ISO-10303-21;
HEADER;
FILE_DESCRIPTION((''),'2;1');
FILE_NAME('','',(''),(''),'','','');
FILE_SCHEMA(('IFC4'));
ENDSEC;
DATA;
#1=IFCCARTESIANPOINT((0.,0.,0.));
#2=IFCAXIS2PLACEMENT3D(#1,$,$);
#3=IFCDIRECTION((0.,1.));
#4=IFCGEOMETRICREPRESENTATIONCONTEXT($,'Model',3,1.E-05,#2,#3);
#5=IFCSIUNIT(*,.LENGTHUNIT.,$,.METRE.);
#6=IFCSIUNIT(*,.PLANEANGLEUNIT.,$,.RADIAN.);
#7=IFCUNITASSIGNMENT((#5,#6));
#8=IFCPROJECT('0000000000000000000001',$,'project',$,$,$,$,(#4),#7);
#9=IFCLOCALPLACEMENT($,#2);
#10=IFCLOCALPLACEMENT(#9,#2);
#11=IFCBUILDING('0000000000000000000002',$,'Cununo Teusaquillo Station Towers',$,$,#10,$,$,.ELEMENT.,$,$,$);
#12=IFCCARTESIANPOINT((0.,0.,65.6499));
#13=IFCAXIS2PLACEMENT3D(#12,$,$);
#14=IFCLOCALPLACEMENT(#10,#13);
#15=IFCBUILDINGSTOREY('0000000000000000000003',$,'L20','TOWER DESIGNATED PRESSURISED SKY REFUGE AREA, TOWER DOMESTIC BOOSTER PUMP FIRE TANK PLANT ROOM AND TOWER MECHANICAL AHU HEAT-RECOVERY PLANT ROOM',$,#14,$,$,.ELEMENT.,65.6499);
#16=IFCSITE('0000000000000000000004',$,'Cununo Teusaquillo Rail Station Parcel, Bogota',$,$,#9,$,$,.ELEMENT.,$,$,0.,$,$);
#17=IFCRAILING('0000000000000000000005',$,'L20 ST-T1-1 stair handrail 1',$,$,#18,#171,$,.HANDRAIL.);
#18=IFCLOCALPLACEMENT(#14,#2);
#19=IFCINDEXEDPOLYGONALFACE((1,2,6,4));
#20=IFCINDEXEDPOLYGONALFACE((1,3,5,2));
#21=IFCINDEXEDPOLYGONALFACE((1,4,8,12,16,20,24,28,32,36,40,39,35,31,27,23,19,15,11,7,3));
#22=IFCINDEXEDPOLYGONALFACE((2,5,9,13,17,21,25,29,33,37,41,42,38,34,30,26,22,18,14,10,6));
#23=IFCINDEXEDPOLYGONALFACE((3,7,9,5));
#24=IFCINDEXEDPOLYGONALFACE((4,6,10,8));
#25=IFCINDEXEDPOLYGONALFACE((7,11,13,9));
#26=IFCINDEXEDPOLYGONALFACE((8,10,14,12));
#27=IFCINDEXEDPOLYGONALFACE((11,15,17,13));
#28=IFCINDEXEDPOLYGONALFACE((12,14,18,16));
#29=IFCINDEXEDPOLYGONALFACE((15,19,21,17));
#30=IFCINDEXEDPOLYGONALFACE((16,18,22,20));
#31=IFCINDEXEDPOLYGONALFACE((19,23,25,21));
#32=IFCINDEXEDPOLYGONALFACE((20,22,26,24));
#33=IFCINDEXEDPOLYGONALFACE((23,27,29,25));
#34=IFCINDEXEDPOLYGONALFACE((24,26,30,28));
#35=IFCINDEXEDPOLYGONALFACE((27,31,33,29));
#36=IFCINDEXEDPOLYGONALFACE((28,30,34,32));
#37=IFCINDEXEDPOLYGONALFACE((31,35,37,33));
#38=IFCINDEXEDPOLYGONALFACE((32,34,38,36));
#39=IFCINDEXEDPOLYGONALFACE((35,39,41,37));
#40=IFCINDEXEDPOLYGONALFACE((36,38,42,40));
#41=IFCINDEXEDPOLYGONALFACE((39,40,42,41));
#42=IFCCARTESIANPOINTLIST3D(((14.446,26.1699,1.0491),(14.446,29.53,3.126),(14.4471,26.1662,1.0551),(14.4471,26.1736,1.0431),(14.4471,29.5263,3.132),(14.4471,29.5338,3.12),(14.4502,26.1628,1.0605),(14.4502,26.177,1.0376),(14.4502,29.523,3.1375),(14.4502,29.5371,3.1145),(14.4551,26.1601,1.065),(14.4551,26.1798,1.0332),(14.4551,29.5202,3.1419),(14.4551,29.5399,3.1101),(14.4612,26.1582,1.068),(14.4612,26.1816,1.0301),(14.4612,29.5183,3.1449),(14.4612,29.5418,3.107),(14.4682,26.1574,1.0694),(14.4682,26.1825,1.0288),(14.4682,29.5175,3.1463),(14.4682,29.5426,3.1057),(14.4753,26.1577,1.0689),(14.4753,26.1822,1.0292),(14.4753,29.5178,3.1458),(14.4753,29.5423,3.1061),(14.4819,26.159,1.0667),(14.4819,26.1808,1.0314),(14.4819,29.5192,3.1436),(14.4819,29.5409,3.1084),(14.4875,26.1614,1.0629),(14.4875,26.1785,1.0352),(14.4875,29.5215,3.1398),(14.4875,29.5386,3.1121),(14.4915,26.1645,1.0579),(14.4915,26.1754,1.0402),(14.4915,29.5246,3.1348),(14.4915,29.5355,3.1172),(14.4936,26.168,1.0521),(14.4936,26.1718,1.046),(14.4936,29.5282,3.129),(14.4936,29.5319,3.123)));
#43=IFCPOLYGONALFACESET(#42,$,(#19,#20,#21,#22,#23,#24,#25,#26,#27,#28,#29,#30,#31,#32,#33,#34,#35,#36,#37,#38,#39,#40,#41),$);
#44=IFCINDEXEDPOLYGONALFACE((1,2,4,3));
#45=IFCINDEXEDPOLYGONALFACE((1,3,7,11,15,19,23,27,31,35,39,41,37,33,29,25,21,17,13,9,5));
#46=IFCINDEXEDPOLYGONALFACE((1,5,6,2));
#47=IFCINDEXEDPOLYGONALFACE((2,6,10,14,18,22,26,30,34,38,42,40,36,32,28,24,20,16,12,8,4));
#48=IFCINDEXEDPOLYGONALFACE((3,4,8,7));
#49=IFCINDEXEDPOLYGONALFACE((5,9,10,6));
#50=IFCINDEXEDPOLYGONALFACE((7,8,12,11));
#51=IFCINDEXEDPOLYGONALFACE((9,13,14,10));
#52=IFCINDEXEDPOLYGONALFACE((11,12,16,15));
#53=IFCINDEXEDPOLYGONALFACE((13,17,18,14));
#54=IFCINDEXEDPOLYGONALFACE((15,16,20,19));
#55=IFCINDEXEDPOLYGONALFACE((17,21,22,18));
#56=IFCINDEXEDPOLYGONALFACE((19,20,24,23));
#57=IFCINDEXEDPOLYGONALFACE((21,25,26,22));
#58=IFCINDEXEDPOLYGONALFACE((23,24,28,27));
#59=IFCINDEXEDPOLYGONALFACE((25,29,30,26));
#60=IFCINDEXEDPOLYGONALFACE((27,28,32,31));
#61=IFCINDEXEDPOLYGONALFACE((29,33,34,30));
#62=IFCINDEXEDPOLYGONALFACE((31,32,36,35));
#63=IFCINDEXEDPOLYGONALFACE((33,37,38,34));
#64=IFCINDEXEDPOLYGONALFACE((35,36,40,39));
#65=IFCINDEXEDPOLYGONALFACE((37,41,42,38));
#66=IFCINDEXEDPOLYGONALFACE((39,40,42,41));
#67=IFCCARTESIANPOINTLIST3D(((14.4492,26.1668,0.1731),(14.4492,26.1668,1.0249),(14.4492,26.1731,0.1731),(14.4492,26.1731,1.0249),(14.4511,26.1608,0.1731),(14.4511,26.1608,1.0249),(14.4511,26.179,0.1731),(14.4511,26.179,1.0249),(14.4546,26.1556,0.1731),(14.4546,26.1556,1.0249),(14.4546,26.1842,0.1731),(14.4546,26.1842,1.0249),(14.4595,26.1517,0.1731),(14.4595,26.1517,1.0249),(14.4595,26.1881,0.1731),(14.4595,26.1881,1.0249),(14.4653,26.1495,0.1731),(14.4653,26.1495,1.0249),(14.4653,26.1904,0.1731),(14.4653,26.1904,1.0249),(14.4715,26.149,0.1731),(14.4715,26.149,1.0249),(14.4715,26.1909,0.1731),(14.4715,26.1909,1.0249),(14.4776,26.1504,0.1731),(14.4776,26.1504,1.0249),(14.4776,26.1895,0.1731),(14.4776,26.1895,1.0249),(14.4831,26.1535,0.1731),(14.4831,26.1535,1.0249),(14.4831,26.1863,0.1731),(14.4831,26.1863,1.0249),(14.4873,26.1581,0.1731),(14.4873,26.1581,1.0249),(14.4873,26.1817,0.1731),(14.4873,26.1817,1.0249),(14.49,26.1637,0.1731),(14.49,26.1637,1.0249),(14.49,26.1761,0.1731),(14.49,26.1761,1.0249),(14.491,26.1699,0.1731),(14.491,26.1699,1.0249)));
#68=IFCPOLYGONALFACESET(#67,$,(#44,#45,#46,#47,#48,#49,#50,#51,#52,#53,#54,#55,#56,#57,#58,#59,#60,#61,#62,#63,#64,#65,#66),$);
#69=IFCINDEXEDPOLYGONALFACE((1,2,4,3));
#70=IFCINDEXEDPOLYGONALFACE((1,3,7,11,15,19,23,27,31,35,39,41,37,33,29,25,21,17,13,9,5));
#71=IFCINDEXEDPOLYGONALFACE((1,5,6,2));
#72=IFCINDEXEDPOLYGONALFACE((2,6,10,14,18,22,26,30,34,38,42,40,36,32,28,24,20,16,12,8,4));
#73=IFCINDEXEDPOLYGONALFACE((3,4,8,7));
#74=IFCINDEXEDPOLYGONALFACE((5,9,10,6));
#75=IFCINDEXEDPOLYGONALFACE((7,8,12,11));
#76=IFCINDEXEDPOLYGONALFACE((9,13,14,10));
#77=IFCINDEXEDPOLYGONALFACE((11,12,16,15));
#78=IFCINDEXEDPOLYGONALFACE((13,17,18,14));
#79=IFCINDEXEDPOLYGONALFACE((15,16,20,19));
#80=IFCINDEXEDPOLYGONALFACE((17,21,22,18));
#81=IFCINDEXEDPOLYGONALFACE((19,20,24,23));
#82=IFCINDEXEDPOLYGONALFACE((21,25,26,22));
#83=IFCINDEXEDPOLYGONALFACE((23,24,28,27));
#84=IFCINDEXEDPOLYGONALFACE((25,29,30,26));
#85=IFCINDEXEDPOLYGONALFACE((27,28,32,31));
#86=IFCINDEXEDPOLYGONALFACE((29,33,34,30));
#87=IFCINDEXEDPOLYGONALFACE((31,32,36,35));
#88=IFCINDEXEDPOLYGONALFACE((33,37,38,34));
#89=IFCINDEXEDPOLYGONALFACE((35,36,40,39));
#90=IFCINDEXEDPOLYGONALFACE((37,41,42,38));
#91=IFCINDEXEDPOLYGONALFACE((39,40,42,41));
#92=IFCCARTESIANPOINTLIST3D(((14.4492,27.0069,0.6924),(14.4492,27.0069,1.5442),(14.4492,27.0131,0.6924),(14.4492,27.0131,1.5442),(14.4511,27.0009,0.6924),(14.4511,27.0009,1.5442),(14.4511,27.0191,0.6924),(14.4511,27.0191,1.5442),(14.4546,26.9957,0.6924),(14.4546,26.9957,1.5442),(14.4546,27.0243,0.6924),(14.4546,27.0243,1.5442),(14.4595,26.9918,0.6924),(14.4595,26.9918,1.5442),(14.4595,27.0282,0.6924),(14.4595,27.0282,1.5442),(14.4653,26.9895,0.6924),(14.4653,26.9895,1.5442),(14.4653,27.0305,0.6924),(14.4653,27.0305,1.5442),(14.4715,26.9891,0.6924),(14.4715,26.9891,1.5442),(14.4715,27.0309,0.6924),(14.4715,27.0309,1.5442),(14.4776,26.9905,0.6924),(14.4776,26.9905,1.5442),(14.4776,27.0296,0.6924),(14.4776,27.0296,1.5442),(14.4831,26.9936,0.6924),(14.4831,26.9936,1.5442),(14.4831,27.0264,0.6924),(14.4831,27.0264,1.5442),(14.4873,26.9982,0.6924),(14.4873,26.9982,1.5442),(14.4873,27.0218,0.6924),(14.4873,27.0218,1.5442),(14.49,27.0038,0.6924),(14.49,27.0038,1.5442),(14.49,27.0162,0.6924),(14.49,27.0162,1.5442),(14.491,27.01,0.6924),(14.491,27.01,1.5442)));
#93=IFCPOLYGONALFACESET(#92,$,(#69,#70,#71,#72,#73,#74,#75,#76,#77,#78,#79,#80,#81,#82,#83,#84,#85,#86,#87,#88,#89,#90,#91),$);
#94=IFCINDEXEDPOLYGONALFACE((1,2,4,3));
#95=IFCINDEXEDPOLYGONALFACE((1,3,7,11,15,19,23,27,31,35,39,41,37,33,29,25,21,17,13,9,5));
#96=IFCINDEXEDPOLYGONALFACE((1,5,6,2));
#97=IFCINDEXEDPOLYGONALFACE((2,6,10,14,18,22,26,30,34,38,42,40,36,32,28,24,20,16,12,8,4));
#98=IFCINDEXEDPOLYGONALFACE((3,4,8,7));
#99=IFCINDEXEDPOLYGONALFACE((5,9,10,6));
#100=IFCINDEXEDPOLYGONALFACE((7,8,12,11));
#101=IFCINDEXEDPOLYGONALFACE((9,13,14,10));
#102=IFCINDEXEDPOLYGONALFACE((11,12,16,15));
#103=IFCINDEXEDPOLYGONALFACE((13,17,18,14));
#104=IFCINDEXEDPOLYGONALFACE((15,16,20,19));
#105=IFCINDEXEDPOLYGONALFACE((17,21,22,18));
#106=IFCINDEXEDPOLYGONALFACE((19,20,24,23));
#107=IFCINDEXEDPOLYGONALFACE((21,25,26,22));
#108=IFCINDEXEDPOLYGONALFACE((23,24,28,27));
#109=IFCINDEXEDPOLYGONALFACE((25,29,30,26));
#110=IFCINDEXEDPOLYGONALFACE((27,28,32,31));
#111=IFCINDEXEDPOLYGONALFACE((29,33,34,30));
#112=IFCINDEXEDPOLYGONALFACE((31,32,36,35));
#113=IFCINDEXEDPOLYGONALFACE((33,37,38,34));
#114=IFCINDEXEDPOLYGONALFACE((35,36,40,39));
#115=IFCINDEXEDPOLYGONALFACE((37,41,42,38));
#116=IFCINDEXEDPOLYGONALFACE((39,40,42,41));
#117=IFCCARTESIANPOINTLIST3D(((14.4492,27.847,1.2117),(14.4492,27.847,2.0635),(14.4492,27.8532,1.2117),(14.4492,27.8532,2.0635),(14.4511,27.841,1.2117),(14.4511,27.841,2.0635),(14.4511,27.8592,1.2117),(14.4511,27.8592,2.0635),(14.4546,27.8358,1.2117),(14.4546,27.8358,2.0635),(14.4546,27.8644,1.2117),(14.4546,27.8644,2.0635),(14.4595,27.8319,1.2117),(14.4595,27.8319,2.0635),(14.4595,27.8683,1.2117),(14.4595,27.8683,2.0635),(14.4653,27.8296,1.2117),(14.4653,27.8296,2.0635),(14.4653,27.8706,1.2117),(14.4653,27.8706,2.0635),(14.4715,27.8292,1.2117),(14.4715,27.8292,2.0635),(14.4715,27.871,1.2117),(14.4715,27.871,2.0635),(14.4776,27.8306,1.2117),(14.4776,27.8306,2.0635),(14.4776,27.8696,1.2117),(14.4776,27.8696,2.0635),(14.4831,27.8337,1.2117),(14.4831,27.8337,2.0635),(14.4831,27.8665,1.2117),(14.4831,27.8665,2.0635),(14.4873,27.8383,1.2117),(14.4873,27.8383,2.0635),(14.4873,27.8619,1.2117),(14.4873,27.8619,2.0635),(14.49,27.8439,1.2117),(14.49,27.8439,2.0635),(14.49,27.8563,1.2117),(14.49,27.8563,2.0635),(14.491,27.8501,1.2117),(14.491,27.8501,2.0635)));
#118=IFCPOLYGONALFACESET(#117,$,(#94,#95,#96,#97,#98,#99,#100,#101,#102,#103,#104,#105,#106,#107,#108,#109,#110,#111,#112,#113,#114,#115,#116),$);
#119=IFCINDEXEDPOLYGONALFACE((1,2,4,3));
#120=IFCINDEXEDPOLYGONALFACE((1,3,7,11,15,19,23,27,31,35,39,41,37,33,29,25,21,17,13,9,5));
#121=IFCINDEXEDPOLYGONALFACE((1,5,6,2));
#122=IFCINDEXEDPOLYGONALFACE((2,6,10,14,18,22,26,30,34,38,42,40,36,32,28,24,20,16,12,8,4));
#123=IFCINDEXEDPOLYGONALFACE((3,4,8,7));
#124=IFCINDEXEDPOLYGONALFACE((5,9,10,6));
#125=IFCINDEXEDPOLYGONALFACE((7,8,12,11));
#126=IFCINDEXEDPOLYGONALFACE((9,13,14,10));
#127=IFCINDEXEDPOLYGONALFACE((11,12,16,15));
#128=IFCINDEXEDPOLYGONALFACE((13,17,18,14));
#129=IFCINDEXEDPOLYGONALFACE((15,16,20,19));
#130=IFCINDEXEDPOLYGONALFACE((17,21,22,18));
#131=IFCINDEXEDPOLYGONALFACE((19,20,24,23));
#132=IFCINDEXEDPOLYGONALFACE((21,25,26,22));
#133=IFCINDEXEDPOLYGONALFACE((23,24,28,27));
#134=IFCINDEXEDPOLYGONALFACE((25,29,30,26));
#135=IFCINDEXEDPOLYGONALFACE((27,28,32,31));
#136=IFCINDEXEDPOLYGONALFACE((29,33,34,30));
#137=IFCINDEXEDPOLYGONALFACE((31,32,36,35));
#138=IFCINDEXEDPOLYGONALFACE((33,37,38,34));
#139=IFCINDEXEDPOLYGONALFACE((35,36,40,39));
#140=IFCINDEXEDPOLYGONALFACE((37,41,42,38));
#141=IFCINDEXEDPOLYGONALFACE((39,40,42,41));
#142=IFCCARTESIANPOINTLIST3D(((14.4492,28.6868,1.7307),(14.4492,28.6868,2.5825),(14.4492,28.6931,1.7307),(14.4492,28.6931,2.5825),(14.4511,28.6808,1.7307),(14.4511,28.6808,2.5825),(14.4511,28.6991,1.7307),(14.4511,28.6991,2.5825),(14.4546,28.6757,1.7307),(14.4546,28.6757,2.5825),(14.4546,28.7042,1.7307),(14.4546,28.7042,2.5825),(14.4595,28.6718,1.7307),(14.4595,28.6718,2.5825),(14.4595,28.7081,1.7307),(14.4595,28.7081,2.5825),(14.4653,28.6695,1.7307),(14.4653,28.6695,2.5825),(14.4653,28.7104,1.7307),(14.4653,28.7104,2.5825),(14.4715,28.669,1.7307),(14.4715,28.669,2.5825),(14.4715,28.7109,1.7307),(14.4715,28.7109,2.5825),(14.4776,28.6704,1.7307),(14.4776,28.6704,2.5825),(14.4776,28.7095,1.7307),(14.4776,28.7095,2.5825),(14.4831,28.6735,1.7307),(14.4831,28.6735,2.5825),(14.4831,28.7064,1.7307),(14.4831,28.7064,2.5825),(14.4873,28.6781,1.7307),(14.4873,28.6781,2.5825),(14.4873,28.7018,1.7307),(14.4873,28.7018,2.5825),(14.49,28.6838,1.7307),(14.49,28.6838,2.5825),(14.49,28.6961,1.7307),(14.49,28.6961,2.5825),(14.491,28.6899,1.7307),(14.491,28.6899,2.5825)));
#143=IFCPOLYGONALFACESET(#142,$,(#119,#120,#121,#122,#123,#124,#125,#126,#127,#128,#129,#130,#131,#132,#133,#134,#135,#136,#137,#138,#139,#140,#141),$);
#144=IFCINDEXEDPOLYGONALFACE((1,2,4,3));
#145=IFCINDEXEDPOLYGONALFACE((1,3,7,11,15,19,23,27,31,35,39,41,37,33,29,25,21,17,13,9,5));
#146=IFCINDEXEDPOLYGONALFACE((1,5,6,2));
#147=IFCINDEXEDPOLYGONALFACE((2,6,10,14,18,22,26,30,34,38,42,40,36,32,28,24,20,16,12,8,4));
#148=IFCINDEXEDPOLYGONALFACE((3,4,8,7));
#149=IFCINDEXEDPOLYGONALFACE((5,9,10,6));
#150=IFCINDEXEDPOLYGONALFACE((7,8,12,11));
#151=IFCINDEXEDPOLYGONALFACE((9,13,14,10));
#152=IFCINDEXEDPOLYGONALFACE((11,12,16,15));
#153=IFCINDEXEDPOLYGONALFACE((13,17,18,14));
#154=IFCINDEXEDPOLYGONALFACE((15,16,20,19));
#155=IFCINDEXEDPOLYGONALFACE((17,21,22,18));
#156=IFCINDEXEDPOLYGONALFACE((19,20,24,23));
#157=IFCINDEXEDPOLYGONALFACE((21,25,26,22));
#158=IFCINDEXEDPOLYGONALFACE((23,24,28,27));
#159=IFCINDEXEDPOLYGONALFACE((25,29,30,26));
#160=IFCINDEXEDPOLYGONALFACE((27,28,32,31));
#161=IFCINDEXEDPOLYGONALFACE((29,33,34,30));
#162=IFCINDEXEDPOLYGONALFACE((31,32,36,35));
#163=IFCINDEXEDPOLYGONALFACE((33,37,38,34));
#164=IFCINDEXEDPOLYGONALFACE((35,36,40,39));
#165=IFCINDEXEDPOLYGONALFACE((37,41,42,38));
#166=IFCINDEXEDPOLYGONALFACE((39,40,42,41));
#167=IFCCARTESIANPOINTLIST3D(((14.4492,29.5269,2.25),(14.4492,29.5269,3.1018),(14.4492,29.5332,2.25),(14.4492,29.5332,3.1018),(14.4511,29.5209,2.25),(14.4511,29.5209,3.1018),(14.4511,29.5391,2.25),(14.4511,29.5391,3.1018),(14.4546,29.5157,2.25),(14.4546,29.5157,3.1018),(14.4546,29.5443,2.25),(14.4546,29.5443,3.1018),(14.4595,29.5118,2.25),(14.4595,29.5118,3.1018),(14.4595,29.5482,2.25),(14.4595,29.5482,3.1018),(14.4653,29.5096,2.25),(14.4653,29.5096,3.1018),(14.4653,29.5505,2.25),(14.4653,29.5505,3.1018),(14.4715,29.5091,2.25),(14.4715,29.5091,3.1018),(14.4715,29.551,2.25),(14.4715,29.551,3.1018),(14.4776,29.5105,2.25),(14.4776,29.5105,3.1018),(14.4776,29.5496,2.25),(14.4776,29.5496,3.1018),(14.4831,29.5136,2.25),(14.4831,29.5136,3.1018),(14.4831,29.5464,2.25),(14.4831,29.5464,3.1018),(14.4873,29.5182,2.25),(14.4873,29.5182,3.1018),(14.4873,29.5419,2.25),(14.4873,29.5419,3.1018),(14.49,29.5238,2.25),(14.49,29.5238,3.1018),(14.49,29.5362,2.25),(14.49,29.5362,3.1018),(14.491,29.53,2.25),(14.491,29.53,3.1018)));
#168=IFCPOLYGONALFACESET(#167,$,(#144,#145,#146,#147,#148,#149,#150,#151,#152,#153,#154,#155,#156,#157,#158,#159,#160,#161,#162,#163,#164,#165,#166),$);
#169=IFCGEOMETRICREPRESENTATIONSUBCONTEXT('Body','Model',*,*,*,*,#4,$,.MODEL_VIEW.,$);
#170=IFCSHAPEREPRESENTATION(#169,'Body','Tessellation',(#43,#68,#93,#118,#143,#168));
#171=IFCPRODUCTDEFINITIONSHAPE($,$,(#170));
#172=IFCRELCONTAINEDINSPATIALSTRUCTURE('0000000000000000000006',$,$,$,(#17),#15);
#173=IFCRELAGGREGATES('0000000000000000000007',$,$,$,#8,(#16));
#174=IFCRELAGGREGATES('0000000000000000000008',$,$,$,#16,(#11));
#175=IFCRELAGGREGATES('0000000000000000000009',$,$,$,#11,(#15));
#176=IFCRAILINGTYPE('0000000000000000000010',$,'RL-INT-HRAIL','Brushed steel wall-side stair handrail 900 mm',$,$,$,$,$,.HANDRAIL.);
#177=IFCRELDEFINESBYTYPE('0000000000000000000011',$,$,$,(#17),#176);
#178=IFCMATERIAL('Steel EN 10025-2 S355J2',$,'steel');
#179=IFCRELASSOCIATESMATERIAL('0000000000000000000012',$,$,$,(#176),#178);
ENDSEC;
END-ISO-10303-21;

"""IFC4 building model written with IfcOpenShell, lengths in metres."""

from ifc_helpers import new_model, si_unit, direction, frame, origin, origin_2d, place, context, subcontext, project, spatial, circle, extrude, material, type_object, element, save


model = new_model("IFC4")

# Units and contexts
model_context = context("Model", 3, precision=1e-05, world=origin(), true_north=direction((0.0, 1.0)))
body_context = subcontext(model_context, "Body", "Model", "MODEL_VIEW")
ifc_project = project(units=[si_unit("LENGTHUNIT", "METRE"), si_unit("PLANEANGLEUNIT", "RADIAN")], contexts=[model_context])

# Site, building, storey
site_placement = place(None, origin())
site = spatial("IfcSite", under=ifc_project, at=site_placement, Name="Cununo Teusaquillo Rail Station Parcel, Bogota", CompositionType="ELEMENT", RefElevation=0.0)
building_placement = place(site_placement, origin())
building = spatial("IfcBuilding", under=site, at=building_placement, Name="Cununo Teusaquillo Station Towers", CompositionType="ELEMENT")
storey_placement = place(building_placement, frame((0.0, 0.0, 65.6499)))
storey = spatial("IfcBuildingStorey", under=building, at=storey_placement, Name="L20", Description="TOWER DESIGNATED PRESSURISED SKY REFUGE AREA, TOWER DOMESTIC BOOSTER PUMP FIRE TANK PLANT ROOM AND TOWER MECHANICAL AHU HEAT-RECOVERY PLANT ROOM", CompositionType="ELEMENT", Elevation=65.6499)

# Railing
ifc_material_1 = material(Name="Steel EN 10025-2 S355J2", Category="steel")
railing_type_1 = type_object("IfcRailingType", Name="RL-INT-HRAIL", Description="Brushed steel wall-side stair handrail 900 mm", PredefinedType="HANDRAIL", material=ifc_material_1)
railing_1_placement = place(storey_placement, frame((14.47, 26.1699, 0.1731)))
element("IfcRailing", 1, at=railing_1_placement, inside=storey, type_object=railing_type_1, Name="L20 ST-T1-1 stair handrail 1", PredefinedType="HANDRAIL", context=body_context, shape_type="SweptSolid", body=[
    extrude(circle(Radius=0.0239, at=origin_2d()), frame((0.0, 0.0, 0.876), z_axis=(0.0, 0.850623, 0.525776), x_axis=(-1.0, 0.0, 0.0)), (0.0, 0.0, 1.0), 3.9502),
    extrude(circle(Radius=0.021, at=origin_2d()), origin(), (0.0, 0.0, 1.0), 0.8518),
    extrude(circle(Radius=0.021, at=origin_2d()), frame((0.0, 0.8401, 0.5193)), (0.0, 0.0, 1.0), 0.8518),
    extrude(circle(Radius=0.021, at=origin_2d()), frame((0.0, 1.6802, 1.0386)), (0.0, 0.0, 1.0), 0.8518),
    extrude(circle(Radius=0.021, at=origin_2d()), frame((0.0, 2.52, 1.5576)), (0.0, 0.0, 1.0), 0.8518),
    extrude(circle(Radius=0.021, at=origin_2d()), frame((0.0, 3.3601, 2.0769)), (0.0, 0.0, 1.0), 0.8518),
])

save(model, "model.ifc")
